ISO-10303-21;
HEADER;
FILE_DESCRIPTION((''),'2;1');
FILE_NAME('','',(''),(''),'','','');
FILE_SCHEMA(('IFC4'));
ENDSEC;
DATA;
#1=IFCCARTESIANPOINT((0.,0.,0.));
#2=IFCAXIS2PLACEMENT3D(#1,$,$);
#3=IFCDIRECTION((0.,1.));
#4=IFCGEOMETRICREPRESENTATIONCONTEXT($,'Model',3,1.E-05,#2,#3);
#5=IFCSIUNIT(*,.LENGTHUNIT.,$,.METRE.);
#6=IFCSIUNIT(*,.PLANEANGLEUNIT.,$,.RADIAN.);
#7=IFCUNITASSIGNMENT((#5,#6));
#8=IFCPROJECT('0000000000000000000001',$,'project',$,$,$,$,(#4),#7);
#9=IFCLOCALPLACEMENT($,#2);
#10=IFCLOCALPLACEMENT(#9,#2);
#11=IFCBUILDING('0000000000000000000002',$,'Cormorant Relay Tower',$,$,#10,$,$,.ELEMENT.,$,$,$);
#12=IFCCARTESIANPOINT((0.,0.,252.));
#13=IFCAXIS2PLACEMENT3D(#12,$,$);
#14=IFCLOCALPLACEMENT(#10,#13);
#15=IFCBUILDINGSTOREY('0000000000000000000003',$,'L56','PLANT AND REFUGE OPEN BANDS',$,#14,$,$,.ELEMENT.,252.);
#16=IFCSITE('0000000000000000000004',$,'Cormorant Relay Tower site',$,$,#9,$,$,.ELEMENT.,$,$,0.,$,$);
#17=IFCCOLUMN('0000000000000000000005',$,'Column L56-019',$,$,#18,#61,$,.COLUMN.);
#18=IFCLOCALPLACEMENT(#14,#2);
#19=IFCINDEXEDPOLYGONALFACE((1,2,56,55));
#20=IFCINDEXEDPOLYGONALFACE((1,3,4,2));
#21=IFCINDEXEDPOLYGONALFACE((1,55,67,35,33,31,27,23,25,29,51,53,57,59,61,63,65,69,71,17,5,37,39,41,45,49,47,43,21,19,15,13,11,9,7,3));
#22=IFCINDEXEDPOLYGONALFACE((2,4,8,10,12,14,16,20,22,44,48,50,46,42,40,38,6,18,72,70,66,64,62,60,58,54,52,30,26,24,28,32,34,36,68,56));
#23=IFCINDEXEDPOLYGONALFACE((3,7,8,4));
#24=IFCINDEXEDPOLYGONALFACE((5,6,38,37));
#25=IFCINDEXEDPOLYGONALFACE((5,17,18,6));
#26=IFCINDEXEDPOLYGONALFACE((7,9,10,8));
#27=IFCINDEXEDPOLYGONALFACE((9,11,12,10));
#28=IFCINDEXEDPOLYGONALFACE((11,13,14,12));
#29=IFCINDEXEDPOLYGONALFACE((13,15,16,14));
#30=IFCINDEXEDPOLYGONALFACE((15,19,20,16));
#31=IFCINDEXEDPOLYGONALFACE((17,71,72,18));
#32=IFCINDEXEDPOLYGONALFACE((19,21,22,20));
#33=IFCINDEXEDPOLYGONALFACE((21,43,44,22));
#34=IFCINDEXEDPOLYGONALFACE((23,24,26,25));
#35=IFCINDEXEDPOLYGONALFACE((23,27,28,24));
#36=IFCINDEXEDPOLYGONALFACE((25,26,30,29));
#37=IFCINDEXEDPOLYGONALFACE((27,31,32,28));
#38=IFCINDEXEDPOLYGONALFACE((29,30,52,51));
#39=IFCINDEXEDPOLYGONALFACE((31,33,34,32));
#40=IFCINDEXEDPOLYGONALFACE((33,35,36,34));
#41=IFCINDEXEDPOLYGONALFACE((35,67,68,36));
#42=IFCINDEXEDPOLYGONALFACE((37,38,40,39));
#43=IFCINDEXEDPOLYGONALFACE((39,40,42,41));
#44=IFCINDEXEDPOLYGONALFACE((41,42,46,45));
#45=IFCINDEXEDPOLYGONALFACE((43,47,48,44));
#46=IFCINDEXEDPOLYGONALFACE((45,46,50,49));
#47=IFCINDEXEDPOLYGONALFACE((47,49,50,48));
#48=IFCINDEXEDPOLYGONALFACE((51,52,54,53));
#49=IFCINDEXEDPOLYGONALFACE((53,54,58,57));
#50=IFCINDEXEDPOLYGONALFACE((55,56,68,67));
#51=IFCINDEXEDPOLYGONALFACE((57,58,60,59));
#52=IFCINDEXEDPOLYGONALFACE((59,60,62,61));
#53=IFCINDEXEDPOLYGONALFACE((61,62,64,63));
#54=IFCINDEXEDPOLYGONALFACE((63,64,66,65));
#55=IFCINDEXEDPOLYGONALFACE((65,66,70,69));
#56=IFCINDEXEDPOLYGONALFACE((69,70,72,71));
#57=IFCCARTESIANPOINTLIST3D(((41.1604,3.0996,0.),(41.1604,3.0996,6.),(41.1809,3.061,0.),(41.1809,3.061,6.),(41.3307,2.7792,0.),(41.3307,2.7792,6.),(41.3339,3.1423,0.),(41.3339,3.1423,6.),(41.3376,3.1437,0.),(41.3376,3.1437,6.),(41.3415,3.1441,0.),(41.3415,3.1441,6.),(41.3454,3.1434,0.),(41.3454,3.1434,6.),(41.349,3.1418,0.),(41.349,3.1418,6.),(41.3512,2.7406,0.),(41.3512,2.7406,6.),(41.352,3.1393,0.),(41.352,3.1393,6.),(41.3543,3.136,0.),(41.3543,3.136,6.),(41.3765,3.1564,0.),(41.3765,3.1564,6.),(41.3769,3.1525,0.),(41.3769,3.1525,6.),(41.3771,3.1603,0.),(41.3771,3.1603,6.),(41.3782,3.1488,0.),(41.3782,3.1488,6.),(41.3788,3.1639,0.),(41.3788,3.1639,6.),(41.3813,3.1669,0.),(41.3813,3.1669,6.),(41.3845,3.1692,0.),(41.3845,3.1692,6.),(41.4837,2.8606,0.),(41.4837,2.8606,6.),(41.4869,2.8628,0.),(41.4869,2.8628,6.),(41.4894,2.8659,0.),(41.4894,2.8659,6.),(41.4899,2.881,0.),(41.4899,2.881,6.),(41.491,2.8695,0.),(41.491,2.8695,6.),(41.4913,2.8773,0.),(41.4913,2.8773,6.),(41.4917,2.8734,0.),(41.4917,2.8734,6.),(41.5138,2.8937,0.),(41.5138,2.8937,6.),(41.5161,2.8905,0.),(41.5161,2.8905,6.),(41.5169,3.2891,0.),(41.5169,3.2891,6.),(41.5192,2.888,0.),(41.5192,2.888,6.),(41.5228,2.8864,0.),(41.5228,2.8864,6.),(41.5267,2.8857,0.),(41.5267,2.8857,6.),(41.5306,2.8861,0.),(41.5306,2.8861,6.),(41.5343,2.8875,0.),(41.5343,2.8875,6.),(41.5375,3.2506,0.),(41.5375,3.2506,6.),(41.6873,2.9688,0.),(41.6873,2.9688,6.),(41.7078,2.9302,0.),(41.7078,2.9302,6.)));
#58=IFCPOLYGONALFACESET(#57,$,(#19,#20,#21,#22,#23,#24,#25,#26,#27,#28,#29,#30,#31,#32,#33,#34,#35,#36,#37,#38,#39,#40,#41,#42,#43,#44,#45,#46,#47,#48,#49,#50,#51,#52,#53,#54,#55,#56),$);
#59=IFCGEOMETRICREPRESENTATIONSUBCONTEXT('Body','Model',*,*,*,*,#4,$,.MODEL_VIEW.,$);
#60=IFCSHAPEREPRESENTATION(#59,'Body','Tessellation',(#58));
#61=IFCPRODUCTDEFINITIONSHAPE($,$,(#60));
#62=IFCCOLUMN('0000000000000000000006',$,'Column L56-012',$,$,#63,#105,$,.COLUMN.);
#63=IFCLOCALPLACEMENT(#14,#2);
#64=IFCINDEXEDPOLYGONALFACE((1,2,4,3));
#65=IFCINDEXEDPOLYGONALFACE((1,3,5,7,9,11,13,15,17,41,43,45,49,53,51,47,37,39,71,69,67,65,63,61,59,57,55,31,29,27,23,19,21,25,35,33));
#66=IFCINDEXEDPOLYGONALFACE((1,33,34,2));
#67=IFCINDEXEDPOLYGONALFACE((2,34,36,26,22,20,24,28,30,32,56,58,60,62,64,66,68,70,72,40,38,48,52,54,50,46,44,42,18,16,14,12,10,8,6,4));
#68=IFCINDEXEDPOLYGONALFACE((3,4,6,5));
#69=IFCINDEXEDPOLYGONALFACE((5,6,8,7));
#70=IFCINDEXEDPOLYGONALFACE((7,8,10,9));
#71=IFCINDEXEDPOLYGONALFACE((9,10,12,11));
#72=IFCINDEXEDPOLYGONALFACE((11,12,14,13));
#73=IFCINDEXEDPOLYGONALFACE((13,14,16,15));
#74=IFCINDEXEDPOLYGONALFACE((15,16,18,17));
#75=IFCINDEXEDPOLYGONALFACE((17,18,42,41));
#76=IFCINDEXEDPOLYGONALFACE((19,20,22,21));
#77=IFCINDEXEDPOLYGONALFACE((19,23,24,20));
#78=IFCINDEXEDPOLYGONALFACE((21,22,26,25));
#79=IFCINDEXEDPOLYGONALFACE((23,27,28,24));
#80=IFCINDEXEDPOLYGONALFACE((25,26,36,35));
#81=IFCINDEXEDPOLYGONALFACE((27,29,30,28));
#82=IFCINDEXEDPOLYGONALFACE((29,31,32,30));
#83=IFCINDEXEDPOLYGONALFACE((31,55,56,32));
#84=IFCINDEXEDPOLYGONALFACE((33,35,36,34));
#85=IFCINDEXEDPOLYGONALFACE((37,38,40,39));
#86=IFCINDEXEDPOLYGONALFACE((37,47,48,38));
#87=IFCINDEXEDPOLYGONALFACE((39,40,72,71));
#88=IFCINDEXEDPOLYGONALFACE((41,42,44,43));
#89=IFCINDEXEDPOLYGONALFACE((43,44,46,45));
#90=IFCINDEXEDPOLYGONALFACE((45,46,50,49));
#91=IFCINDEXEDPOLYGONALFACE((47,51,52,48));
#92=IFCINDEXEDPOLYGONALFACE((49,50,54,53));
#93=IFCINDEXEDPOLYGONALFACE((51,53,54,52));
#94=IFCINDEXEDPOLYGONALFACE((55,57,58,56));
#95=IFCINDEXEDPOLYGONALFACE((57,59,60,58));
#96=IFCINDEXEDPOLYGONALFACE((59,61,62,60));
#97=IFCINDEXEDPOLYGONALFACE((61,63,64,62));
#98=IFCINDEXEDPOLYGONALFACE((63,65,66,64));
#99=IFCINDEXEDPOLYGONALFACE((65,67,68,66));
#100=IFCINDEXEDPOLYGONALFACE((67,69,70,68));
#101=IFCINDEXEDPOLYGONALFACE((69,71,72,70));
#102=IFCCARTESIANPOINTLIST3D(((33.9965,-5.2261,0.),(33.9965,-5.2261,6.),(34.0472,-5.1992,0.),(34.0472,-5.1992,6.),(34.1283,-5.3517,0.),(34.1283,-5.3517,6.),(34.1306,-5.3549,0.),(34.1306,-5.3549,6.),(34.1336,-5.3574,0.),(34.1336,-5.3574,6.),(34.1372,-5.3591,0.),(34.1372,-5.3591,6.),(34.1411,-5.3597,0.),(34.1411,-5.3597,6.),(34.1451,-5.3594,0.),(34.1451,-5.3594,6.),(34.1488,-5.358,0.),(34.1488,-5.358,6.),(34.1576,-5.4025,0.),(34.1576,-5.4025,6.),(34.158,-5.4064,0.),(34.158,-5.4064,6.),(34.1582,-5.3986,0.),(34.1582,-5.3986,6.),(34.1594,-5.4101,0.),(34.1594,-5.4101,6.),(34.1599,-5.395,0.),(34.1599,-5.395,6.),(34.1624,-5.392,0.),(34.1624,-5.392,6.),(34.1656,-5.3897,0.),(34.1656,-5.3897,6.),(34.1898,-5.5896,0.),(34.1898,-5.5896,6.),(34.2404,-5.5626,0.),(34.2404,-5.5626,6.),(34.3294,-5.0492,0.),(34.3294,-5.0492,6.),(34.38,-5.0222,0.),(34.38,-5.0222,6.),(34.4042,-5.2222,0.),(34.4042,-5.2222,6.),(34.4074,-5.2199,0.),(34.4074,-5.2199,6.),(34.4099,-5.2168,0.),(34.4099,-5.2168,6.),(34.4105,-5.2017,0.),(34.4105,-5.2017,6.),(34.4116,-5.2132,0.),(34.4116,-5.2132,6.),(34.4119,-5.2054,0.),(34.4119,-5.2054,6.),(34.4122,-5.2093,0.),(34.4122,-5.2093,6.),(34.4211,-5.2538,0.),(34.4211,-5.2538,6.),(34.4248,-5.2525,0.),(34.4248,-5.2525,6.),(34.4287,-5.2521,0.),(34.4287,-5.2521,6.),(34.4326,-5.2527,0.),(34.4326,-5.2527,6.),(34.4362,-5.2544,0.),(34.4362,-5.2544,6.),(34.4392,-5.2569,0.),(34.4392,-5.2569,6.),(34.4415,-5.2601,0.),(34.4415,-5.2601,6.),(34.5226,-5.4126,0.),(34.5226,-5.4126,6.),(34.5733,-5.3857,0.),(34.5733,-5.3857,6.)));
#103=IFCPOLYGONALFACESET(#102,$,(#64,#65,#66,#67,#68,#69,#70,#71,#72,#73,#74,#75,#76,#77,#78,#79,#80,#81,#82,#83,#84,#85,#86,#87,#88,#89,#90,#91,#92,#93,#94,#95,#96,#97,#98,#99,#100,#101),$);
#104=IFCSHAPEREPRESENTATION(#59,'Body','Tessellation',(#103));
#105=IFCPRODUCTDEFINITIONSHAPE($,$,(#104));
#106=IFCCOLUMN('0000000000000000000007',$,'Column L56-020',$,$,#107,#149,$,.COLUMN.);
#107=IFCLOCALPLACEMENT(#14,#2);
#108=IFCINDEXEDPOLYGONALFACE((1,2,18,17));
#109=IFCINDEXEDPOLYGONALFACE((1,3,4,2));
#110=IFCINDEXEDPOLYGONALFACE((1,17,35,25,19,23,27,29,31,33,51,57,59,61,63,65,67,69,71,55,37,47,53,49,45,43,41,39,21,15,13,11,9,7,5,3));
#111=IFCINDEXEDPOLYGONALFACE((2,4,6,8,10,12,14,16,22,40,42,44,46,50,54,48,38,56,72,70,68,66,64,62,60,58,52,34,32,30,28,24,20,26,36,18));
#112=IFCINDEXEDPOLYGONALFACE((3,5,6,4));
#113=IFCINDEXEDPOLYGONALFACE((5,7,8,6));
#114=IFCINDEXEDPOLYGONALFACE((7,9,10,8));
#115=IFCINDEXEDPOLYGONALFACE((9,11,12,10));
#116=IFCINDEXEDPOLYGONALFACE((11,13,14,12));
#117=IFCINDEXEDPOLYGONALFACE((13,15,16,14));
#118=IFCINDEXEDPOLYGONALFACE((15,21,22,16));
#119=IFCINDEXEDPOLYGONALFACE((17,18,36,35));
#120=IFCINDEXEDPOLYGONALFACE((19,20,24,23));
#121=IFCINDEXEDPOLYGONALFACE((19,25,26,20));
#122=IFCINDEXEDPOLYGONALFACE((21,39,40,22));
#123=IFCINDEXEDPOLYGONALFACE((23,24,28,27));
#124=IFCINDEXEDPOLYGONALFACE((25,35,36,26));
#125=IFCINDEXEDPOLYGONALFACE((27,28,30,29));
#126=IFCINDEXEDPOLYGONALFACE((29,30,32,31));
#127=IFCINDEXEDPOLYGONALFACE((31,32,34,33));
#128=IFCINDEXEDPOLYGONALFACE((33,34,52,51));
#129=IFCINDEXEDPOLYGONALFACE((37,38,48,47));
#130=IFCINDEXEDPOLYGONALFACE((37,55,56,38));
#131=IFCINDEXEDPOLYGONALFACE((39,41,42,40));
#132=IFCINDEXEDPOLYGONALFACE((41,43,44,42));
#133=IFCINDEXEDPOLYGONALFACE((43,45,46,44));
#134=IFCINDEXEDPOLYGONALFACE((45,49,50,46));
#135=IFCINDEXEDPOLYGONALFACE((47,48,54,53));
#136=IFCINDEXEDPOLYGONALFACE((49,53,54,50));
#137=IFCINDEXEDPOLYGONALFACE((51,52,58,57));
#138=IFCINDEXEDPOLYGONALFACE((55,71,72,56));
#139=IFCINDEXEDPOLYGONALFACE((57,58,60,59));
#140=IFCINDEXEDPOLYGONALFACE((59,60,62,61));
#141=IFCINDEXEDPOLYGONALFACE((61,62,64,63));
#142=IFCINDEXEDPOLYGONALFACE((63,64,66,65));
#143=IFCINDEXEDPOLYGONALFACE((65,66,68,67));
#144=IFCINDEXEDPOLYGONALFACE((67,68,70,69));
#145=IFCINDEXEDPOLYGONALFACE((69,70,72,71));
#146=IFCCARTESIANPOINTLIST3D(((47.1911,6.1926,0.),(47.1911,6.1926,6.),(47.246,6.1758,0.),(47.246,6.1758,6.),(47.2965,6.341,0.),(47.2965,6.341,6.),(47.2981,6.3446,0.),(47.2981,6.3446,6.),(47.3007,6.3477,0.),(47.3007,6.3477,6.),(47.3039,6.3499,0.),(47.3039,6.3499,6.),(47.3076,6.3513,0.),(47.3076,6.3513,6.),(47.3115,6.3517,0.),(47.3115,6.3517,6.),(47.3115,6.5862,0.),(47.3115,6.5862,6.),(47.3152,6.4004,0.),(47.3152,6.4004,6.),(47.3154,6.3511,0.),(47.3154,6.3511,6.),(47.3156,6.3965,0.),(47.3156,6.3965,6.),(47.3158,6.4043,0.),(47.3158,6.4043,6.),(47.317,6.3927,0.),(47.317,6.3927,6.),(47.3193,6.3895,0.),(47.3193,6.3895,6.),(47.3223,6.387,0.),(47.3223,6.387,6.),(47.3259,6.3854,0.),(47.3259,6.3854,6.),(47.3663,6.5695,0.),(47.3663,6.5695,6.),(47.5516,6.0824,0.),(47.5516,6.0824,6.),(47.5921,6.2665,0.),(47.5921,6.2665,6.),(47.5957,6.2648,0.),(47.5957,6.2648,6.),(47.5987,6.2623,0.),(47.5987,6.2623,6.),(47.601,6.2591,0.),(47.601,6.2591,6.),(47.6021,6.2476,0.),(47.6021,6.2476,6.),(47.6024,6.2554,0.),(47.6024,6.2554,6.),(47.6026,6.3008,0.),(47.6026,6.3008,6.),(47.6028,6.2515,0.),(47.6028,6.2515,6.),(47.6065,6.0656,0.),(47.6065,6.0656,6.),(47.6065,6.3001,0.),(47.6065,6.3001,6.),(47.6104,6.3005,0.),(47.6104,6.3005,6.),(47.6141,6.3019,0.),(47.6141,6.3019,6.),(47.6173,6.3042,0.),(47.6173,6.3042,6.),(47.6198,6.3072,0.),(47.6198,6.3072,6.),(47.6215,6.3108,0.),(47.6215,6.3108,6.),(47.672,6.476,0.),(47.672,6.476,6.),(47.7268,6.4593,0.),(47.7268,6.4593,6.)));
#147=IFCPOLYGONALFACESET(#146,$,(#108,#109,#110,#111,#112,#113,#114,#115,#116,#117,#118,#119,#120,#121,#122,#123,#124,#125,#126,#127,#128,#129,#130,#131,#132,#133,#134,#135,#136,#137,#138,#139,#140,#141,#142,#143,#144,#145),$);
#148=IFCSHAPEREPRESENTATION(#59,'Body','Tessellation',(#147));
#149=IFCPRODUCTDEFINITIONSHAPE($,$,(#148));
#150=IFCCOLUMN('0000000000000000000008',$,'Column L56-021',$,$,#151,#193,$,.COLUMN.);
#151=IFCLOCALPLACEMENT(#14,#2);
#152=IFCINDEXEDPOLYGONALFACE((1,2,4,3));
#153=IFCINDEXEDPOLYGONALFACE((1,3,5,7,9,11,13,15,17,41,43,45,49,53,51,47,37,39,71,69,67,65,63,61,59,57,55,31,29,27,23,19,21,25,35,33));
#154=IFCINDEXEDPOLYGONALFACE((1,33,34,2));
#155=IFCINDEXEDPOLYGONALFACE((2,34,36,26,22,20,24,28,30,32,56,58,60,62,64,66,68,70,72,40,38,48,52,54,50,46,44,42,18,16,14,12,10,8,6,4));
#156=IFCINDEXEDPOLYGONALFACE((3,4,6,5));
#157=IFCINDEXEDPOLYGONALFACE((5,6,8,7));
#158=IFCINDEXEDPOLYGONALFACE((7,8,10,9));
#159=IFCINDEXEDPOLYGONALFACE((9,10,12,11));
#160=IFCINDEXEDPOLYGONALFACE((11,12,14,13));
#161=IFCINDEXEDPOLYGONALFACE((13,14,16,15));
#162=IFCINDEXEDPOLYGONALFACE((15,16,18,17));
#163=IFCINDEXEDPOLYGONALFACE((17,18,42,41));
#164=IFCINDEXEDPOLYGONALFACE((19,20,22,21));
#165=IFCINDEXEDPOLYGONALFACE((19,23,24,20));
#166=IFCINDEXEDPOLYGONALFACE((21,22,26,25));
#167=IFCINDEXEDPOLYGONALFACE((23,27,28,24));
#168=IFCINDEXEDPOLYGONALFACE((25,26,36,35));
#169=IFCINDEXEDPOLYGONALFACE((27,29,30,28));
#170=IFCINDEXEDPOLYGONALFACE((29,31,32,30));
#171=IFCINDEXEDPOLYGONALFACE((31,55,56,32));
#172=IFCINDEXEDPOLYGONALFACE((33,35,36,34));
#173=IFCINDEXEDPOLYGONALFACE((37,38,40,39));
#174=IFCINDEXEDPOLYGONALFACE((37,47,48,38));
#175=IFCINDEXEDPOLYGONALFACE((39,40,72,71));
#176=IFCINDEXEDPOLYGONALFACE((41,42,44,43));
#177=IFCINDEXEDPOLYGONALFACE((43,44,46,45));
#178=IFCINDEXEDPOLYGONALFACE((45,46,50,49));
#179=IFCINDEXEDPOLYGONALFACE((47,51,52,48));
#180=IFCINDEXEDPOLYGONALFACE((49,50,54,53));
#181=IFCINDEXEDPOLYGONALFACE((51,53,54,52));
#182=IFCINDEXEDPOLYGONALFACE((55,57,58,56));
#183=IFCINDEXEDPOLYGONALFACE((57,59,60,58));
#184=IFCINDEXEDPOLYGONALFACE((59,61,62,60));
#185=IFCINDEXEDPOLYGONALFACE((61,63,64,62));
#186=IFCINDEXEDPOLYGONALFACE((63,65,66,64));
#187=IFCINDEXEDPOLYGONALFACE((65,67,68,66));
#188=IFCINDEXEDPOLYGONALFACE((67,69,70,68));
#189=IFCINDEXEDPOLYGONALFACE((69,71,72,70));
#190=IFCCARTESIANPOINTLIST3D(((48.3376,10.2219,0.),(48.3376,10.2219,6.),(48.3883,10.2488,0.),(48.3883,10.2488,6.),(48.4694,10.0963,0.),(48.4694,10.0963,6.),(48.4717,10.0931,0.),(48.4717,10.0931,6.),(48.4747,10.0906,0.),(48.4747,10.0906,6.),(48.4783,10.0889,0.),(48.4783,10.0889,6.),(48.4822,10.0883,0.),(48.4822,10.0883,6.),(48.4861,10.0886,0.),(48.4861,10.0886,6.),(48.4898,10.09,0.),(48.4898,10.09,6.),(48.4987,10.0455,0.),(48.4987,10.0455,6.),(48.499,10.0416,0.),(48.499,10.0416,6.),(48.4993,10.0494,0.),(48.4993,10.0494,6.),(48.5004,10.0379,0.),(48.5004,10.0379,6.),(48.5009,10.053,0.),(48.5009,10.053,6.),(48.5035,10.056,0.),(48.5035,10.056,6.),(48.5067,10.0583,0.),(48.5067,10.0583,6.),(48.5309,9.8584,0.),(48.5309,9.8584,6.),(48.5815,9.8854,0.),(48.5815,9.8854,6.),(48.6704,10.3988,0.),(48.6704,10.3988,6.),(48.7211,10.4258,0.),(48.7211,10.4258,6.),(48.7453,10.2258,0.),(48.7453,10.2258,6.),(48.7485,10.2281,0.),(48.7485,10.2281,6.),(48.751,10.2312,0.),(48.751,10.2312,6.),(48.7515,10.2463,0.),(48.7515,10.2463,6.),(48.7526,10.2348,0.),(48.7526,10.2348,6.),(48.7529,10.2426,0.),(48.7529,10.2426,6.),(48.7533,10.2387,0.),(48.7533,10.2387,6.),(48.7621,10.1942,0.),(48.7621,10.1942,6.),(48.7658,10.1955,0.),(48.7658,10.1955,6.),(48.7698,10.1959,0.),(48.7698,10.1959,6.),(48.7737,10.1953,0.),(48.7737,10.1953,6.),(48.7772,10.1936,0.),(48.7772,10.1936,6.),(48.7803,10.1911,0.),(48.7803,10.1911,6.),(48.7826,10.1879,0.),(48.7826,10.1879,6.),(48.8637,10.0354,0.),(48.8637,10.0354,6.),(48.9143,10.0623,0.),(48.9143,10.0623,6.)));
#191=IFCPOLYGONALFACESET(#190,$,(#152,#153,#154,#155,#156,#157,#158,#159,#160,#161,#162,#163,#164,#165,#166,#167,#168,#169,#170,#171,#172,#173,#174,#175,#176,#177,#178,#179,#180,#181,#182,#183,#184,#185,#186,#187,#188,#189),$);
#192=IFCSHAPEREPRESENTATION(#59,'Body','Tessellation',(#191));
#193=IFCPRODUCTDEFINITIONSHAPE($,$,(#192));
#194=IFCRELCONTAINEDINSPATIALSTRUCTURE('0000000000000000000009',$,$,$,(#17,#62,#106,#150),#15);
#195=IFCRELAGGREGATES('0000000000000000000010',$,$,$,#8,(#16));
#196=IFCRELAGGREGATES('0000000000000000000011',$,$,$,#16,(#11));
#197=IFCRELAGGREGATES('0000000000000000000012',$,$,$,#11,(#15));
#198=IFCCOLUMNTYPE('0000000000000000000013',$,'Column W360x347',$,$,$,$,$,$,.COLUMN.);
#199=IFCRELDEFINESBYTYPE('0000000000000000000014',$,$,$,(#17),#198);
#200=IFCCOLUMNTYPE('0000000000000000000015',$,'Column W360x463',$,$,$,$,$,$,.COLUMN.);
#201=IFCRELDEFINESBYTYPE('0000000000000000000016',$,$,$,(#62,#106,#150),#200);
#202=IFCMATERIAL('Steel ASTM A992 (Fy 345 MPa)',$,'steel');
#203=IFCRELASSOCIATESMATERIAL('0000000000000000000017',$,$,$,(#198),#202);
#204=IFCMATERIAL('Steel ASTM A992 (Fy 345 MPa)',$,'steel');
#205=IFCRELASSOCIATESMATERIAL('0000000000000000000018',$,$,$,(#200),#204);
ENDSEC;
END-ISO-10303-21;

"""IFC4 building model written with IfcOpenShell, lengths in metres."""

from ifc_helpers import new_model, si_unit, direction, frame, origin, origin_2d, place, context, subcontext, project, spatial, i_section, extrude, material, material_profile, profile_set, type_object, element, save


model = new_model("IFC4")

# Units and contexts
model_context = context("Model", 3, precision=1e-05, world=origin(), true_north=direction((0.0, 1.0)))
body_context = subcontext(model_context, "Body", "Model", "MODEL_VIEW")
ifc_project = project(units=[si_unit("LENGTHUNIT", "METRE"), si_unit("PLANEANGLEUNIT", "RADIAN")], contexts=[model_context])

# Site, building, storey
site_placement = place(None, origin())
site = spatial("IfcSite", under=ifc_project, at=site_placement, Name="Cormorant Relay Tower site", CompositionType="ELEMENT", RefElevation=0.0)
building_placement = place(site_placement, origin())
building = spatial("IfcBuilding", under=site, at=building_placement, Name="Cormorant Relay Tower", CompositionType="ELEMENT")
storey_placement = place(building_placement, frame((0.0, 0.0, 252.0)))
storey = spatial("IfcBuildingStorey", under=building, at=storey_placement, Name="L56", Description="PLANT AND REFUGE OPEN BANDS", CompositionType="ELEMENT", Elevation=252.0)

# Columns
ifc_material_1 = material(Name="Steel ASTM A992 (Fy 345 MPa)", Category="steel")
ifc_material_profile_1 = material_profile(ifc_material_1, i_section(OverallWidth=0.4038, OverallDepth=0.4065, WebThickness=0.0271, FlangeThickness=0.0437, FilletRadius=0.0151, at=origin_2d()), Name="W360x347")
ifc_profile_set_1 = profile_set([ifc_material_profile_1], Name="Steel ASTM A992 (Fy 345 MPa)")
column_type_1 = type_object("IfcColumnType", Name="Column W360x347", PredefinedType="COLUMN", material=ifc_profile_set_1)
column_placement = place(storey_placement, frame((41.4341, 3.0149, 0.0), z_axis=(0.0, 0.0, 1.0), x_axis=(0.882948, 0.469472, 0.0)))
element("IfcColumn", 1, at=column_placement, inside=storey, type_object=column_type_1, Name="Column L56-019", PredefinedType="COLUMN", context=body_context, shape_type="SweptSolid", body=[
    extrude(i_section(OverallWidth=0.4038, OverallDepth=0.4065, WebThickness=0.0271, FlangeThickness=0.0437, FilletRadius=0.0151, at=origin_2d()), origin(), (0.0, 0.0, 1.0), 6.0),
])
ifc_material_2 = material(Name="Steel ASTM A992 (Fy 345 MPa)", Category="steel")
ifc_material_profile_2 = material_profile(ifc_material_2, i_section(OverallWidth=0.4116, OverallDepth=0.4343, WebThickness=0.0359, FlangeThickness=0.0574, FilletRadius=0.0151, at=origin_2d()), Name="W360x463")
ifc_profile_set_2 = profile_set([ifc_material_profile_2], Name="Steel ASTM A992 (Fy 345 MPa)")
column_type_2 = type_object("IfcColumnType", Name="Column W360x463", PredefinedType="COLUMN", material=ifc_profile_set_2)
for number, where, z_axis, x_axis, name in (
    (2, (34.2849, -5.3059, 0.0), (0.0, 0.0, 1.0), (-0.469472, 0.882948, 0.0), "Column L56-012"),
    (3, (47.459, 6.3259, 0.0), (0.0, 0.0, 1.0), (0.292372, 0.956305, 0.0), "Column L56-020"),
    (4, (48.626, 10.1421, 0.0), (0.0, 0.0, 1.0), (-0.469472, 0.882948, 0.0), "Column L56-021"),
):
    element("IfcColumn", number, at=place(storey_placement, frame(where, z_axis=z_axis, x_axis=x_axis)), inside=storey, type_object=column_type_2, Name=name, PredefinedType="COLUMN", context=body_context, shape_type="SweptSolid", body=[
        extrude(i_section(OverallWidth=0.4116, OverallDepth=0.4343, WebThickness=0.0359, FlangeThickness=0.0574, FilletRadius=0.0151, at=origin_2d()), origin(), (0.0, 0.0, 1.0), 6.0),
    ])

save(model, "model.ifc")
